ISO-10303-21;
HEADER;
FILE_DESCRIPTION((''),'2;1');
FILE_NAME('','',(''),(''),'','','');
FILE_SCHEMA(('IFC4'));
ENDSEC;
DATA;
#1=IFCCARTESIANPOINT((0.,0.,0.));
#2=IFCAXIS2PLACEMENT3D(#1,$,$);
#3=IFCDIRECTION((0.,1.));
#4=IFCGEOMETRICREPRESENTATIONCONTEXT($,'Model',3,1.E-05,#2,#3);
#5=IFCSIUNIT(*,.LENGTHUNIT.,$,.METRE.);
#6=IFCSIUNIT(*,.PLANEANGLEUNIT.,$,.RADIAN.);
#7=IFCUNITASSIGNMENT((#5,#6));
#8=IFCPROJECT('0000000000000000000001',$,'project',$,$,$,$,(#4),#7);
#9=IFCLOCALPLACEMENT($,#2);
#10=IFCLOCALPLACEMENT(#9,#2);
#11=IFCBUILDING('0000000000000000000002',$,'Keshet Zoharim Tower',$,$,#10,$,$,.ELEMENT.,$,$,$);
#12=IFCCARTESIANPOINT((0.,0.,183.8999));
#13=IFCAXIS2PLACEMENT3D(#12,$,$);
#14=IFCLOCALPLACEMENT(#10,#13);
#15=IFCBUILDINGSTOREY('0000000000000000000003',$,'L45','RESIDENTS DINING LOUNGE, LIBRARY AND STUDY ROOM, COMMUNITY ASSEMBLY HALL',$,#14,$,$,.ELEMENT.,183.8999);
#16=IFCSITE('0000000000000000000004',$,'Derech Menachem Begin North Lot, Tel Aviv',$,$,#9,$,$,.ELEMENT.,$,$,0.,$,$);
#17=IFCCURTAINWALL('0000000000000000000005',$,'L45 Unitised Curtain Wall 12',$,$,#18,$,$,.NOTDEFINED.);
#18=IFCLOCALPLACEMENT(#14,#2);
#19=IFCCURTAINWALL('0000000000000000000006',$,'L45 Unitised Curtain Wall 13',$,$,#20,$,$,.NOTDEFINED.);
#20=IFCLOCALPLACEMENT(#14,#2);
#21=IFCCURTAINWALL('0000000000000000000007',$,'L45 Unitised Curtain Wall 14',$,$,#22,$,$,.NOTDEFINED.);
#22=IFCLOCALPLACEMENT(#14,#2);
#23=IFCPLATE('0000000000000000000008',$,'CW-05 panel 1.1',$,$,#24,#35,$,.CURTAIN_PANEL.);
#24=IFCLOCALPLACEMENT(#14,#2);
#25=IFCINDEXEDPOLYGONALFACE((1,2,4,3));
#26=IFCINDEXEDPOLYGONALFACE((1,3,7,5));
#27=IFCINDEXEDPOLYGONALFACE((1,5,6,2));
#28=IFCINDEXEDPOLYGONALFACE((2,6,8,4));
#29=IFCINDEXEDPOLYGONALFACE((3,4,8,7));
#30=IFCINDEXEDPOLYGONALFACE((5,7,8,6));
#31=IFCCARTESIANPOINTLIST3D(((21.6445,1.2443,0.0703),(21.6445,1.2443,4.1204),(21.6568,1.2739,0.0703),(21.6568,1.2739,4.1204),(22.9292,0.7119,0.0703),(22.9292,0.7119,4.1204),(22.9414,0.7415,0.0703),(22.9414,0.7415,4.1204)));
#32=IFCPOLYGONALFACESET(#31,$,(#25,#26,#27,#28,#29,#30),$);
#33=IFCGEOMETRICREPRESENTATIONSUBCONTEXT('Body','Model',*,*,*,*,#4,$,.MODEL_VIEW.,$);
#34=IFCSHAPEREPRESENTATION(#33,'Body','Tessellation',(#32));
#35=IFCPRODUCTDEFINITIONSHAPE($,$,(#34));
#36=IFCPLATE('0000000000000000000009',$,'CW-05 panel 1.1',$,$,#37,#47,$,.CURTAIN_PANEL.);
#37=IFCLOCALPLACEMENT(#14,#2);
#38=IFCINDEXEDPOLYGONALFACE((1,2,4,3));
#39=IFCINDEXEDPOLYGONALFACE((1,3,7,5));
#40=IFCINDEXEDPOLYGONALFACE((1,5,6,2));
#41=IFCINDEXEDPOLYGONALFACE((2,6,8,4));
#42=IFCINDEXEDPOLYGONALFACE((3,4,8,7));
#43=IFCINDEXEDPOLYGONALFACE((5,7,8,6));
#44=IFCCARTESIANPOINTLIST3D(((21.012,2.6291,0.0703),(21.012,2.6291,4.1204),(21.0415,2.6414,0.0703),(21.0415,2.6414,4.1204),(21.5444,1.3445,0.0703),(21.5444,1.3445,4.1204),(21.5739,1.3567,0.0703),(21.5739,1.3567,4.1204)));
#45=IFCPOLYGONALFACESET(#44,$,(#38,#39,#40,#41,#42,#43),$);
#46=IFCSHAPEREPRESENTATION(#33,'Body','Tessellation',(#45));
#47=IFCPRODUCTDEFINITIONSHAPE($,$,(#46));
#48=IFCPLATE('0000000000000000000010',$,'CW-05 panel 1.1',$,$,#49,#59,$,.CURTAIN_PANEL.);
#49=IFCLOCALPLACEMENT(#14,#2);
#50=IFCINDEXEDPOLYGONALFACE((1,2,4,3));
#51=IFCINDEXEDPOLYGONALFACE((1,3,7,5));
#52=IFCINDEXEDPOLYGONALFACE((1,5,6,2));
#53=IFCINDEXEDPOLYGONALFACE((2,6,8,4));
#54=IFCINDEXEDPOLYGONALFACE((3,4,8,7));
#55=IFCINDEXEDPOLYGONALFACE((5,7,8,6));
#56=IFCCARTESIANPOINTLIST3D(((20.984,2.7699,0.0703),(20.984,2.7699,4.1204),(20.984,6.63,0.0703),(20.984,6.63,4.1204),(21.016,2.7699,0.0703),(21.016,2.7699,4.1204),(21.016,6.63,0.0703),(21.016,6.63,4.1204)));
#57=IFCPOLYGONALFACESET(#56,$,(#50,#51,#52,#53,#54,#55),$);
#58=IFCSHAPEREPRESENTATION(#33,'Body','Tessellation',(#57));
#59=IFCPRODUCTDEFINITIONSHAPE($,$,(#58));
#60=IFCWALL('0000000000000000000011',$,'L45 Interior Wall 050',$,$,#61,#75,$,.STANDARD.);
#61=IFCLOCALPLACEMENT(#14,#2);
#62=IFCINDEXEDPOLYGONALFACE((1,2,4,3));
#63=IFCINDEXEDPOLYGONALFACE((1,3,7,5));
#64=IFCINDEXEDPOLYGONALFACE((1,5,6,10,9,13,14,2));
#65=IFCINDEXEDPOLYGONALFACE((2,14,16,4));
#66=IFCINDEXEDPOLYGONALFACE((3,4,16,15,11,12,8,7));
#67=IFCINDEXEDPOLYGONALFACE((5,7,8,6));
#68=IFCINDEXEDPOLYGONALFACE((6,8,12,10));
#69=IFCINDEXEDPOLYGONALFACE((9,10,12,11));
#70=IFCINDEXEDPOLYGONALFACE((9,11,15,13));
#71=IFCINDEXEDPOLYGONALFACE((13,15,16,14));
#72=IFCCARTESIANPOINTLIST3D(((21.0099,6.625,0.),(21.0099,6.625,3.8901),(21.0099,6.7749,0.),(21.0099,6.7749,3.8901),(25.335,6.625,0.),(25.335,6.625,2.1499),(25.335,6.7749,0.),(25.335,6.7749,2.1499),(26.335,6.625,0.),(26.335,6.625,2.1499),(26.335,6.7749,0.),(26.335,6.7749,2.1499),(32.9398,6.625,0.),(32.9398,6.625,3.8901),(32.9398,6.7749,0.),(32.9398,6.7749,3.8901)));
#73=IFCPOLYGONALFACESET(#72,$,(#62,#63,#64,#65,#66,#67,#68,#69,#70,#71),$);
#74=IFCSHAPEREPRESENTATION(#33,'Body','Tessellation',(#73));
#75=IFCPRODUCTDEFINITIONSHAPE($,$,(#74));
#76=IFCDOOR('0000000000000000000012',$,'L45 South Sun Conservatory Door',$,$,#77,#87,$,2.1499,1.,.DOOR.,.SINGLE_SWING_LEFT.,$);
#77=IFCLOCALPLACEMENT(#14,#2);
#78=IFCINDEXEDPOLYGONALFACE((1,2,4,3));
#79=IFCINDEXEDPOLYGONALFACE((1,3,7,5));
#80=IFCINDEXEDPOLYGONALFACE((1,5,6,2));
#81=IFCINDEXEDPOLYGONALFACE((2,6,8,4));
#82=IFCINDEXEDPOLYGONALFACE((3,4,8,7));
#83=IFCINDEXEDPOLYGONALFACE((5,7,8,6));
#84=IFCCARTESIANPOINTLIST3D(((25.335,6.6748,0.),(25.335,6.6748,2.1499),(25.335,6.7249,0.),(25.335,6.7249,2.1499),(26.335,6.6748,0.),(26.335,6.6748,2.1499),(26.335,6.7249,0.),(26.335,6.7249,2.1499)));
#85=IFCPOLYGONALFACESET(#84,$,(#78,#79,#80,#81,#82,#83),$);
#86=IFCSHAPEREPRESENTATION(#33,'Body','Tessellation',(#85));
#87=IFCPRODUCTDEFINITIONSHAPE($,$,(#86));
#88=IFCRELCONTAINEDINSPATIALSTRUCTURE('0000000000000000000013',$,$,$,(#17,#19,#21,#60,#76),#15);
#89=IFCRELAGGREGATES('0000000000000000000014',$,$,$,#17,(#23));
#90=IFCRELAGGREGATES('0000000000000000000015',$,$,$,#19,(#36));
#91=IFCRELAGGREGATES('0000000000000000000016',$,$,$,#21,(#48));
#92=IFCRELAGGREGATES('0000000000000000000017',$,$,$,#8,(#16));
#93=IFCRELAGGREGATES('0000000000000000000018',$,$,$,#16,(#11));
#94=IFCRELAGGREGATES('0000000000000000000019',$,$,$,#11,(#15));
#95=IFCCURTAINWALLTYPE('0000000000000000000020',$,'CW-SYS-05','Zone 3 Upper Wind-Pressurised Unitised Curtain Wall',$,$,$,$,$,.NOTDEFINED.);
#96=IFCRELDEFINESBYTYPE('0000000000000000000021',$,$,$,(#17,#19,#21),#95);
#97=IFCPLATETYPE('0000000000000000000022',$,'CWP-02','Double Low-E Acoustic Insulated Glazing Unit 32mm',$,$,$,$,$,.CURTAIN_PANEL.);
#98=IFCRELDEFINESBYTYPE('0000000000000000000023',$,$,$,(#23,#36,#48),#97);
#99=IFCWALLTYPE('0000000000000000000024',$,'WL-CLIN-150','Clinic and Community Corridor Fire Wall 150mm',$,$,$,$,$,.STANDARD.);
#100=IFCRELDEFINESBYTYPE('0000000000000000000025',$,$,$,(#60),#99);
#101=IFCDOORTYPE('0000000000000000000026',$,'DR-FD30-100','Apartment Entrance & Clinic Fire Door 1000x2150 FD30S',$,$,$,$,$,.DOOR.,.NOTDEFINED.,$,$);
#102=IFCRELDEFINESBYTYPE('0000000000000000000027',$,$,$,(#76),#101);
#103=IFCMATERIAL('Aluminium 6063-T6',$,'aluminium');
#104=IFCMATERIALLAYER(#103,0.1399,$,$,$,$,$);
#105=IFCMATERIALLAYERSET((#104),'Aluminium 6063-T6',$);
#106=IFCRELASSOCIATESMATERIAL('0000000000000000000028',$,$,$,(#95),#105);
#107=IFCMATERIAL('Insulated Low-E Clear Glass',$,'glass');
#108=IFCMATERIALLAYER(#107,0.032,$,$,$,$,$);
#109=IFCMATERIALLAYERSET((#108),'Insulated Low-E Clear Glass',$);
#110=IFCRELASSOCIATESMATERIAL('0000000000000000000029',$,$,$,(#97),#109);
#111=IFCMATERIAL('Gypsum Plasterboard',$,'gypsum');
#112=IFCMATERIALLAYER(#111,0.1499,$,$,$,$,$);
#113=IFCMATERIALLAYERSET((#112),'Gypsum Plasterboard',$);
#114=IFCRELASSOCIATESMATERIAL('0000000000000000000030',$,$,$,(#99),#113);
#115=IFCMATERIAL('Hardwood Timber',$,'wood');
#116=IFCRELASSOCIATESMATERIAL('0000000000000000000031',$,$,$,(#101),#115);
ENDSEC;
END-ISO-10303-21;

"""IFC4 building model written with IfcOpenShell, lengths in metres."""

from ifc_helpers import new_model, si_unit, direction, frame, frame_2d, origin, origin_2d, place, context, subcontext, project, spatial, rectangle, extrude, material, layer, layer_set, type_object, element, fill, aggregate, save


model = new_model("IFC4")

# Units and contexts
model_context = context("Model", 3, precision=1e-05, world=origin(), true_north=direction((0.0, 1.0)))
body_context = subcontext(model_context, "Body", "Model", "MODEL_VIEW")
ifc_project = project(units=[si_unit("LENGTHUNIT", "METRE"), si_unit("PLANEANGLEUNIT", "RADIAN")], contexts=[model_context])

# Site, building, storey
site_placement = place(None, origin())
site = spatial("IfcSite", under=ifc_project, at=site_placement, Name="Derech Menachem Begin North Lot, Tel Aviv", CompositionType="ELEMENT", RefElevation=0.0)
building_placement = place(site_placement, origin())
building = spatial("IfcBuilding", under=site, at=building_placement, Name="Keshet Zoharim Tower", CompositionType="ELEMENT")
storey_placement = place(building_placement, frame((0.0, 0.0, 183.8999)))
storey = spatial("IfcBuildingStorey", under=building, at=storey_placement, Name="L45", Description="RESIDENTS DINING LOUNGE, LIBRARY AND STUDY ROOM, COMMUNITY ASSEMBLY HALL", CompositionType="ELEMENT", Elevation=183.8999)

# Shared definitions
ifc_material_1 = material(Name="Aluminium 6063-T6", Category="aluminium")
ifc_layer_1 = layer(ifc_material_1, 0.1399)
ifc_layer_set_1 = layer_set([ifc_layer_1], Name="Aluminium 6063-T6")
curtain_wall_type = type_object("IfcCurtainWallType", Name="CW-SYS-05", Description="Zone 3 Upper Wind-Pressurised Unitised Curtain Wall", PredefinedType="NOTDEFINED", material=ifc_layer_set_1)

# Curtain walls
curtain_wall_1_placement = place(storey_placement, origin())
curtain_wall_1 = element("IfcCurtainWall", 1, at=curtain_wall_1_placement, inside=storey, type_object=curtain_wall_type, Name="L45 Unitised Curtain Wall 12", PredefinedType="NOTDEFINED")
curtain_wall_2_placement = place(storey_placement, origin())
curtain_wall_2 = element("IfcCurtainWall", 2, at=curtain_wall_2_placement, inside=storey, type_object=curtain_wall_type, Name="L45 Unitised Curtain Wall 13", PredefinedType="NOTDEFINED")
curtain_wall_3_placement = place(storey_placement, origin())
curtain_wall_3 = element("IfcCurtainWall", 3, at=curtain_wall_3_placement, inside=storey, type_object=curtain_wall_type, Name="L45 Unitised Curtain Wall 14", PredefinedType="NOTDEFINED")

# Plates
ifc_material_2 = material(Name="Insulated Low-E Clear Glass", Category="glass")
ifc_layer_2 = layer(ifc_material_2, 0.032)
ifc_layer_set_2 = layer_set([ifc_layer_2], Name="Insulated Low-E Clear Glass")
plate_type = type_object("IfcPlateType", Name="CWP-02", Description="Double Low-E Acoustic Insulated Glazing Unit 32mm", PredefinedType="CURTAIN_PANEL", material=ifc_layer_set_2)
plate_1_placement = place(storey_placement, frame((22.293, 0.9929, 0.0703), z_axis=(0.0, 0.0, 1.0), x_axis=(-0.92381, 0.382852, 0.0)))
plate_1 = element("IfcPlate", 4, at=plate_1_placement, type_object=plate_type, Name="CW-05 panel 1.1", PredefinedType="CURTAIN_PANEL", context=body_context, shape_type="SweptSolid", body=[
    extrude(rectangle(XDim=1.3906, YDim=0.032, at=origin_2d()), origin(), (0.0, 0.0, 1.0), 4.05),
])
aggregate(curtain_wall_1, [plate_1])
plate_2_placement = place(storey_placement, frame((21.293, 1.9929, 0.0703), z_axis=(0.0, 0.0, 1.0), x_axis=(-0.382852, 0.92381, 0.0)))
plate_2 = element("IfcPlate", 5, at=plate_2_placement, type_object=plate_type, Name="CW-05 panel 1.1", PredefinedType="CURTAIN_PANEL", context=body_context, shape_type="SweptSolid", body=[
    extrude(rectangle(XDim=1.3906, YDim=0.032, at=origin_2d()), origin(), (0.0, 0.0, 1.0), 4.05),
])
aggregate(curtain_wall_2, [plate_2])
plate_3_placement = place(storey_placement, frame((21.0, 4.7, 0.0703), z_axis=(0.0, 0.0, 1.0), x_axis=(0.0, 1.0, 0.0)))
plate_3 = element("IfcPlate", 6, at=plate_3_placement, type_object=plate_type, Name="CW-05 panel 1.1", PredefinedType="CURTAIN_PANEL", context=body_context, shape_type="SweptSolid", body=[
    extrude(rectangle(XDim=3.8601, YDim=0.032, at=origin_2d()), origin(), (0.0, 0.0, 1.0), 4.05),
])
aggregate(curtain_wall_3, [plate_3])

# Wall, opening, door
ifc_material_3 = material(Name="Gypsum Plasterboard", Category="gypsum")
ifc_layer_3 = layer(ifc_material_3, 0.1499)
ifc_layer_set_3 = layer_set([ifc_layer_3], Name="Gypsum Plasterboard")
wall_type = type_object("IfcWallType", Name="WL-CLIN-150", Description="Clinic and Community Corridor Fire Wall 150mm", PredefinedType="STANDARD", material=ifc_layer_set_3)
wall_placement = place(storey_placement, frame((21.01, 6.7, 0.0), z_axis=(0.0, 0.0, 1.0), x_axis=(1.0, 0.0, 0.0)))
wall = element("IfcWall", 7, at=wall_placement, inside=storey, type_object=wall_type, Name="L45 Interior Wall 050", PredefinedType="STANDARD", context=body_context, shape_type="SweptSolid", body=[
    extrude(rectangle(XDim=11.9299, YDim=0.1499, at=frame_2d((5.9648, 0.0))), origin(), (0.0, 0.0, 1.0), 3.8901),
])
opening_placement = place(wall_placement, frame((4.325, 0.0, 0.0)))
opening = element("IfcOpeningElement", 8, at=opening_placement, cuts=wall, PredefinedType="OPENING", context=body_context, shape_type="SweptSolid", body=[
    extrude(rectangle(XDim=1.0, YDim=2.1499, at=frame_2d((0.5, 1.075))), frame((0.0, 0.085, 0.0), z_axis=(0.0, -1.0, 0.0), x_axis=(1.0, 0.0, 0.0)), (0.0, 0.0, 1.0), 0.1699),
])
ifc_material_4 = material(Name="Hardwood Timber", Category="wood")
door_type = type_object("IfcDoorType", Name="DR-FD30-100", Description="Apartment Entrance & Clinic Fire Door 1000x2150 FD30S", OperationType="NOTDEFINED", PredefinedType="DOOR", material=ifc_material_4)
door_placement = place(opening_placement, origin())
door = element("IfcDoor", 9, at=door_placement, inside=storey, type_object=door_type, Name="L45 South Sun Conservatory Door", OperationType="SINGLE_SWING_LEFT", OverallHeight=2.1499, OverallWidth=1.0, PredefinedType="DOOR", context=body_context, shape_type="SweptSolid", body=[
    extrude(rectangle(XDim=1.0, YDim=2.1499, at=frame_2d((0.5, 1.075))), frame((0.0, 0.0249, 0.0), z_axis=(0.0, -1.0, 0.0), x_axis=(1.0, 0.0, 0.0)), (0.0, 0.0, 1.0), 0.05),
])
fill(opening, door)

save(model, "model.ifc")
